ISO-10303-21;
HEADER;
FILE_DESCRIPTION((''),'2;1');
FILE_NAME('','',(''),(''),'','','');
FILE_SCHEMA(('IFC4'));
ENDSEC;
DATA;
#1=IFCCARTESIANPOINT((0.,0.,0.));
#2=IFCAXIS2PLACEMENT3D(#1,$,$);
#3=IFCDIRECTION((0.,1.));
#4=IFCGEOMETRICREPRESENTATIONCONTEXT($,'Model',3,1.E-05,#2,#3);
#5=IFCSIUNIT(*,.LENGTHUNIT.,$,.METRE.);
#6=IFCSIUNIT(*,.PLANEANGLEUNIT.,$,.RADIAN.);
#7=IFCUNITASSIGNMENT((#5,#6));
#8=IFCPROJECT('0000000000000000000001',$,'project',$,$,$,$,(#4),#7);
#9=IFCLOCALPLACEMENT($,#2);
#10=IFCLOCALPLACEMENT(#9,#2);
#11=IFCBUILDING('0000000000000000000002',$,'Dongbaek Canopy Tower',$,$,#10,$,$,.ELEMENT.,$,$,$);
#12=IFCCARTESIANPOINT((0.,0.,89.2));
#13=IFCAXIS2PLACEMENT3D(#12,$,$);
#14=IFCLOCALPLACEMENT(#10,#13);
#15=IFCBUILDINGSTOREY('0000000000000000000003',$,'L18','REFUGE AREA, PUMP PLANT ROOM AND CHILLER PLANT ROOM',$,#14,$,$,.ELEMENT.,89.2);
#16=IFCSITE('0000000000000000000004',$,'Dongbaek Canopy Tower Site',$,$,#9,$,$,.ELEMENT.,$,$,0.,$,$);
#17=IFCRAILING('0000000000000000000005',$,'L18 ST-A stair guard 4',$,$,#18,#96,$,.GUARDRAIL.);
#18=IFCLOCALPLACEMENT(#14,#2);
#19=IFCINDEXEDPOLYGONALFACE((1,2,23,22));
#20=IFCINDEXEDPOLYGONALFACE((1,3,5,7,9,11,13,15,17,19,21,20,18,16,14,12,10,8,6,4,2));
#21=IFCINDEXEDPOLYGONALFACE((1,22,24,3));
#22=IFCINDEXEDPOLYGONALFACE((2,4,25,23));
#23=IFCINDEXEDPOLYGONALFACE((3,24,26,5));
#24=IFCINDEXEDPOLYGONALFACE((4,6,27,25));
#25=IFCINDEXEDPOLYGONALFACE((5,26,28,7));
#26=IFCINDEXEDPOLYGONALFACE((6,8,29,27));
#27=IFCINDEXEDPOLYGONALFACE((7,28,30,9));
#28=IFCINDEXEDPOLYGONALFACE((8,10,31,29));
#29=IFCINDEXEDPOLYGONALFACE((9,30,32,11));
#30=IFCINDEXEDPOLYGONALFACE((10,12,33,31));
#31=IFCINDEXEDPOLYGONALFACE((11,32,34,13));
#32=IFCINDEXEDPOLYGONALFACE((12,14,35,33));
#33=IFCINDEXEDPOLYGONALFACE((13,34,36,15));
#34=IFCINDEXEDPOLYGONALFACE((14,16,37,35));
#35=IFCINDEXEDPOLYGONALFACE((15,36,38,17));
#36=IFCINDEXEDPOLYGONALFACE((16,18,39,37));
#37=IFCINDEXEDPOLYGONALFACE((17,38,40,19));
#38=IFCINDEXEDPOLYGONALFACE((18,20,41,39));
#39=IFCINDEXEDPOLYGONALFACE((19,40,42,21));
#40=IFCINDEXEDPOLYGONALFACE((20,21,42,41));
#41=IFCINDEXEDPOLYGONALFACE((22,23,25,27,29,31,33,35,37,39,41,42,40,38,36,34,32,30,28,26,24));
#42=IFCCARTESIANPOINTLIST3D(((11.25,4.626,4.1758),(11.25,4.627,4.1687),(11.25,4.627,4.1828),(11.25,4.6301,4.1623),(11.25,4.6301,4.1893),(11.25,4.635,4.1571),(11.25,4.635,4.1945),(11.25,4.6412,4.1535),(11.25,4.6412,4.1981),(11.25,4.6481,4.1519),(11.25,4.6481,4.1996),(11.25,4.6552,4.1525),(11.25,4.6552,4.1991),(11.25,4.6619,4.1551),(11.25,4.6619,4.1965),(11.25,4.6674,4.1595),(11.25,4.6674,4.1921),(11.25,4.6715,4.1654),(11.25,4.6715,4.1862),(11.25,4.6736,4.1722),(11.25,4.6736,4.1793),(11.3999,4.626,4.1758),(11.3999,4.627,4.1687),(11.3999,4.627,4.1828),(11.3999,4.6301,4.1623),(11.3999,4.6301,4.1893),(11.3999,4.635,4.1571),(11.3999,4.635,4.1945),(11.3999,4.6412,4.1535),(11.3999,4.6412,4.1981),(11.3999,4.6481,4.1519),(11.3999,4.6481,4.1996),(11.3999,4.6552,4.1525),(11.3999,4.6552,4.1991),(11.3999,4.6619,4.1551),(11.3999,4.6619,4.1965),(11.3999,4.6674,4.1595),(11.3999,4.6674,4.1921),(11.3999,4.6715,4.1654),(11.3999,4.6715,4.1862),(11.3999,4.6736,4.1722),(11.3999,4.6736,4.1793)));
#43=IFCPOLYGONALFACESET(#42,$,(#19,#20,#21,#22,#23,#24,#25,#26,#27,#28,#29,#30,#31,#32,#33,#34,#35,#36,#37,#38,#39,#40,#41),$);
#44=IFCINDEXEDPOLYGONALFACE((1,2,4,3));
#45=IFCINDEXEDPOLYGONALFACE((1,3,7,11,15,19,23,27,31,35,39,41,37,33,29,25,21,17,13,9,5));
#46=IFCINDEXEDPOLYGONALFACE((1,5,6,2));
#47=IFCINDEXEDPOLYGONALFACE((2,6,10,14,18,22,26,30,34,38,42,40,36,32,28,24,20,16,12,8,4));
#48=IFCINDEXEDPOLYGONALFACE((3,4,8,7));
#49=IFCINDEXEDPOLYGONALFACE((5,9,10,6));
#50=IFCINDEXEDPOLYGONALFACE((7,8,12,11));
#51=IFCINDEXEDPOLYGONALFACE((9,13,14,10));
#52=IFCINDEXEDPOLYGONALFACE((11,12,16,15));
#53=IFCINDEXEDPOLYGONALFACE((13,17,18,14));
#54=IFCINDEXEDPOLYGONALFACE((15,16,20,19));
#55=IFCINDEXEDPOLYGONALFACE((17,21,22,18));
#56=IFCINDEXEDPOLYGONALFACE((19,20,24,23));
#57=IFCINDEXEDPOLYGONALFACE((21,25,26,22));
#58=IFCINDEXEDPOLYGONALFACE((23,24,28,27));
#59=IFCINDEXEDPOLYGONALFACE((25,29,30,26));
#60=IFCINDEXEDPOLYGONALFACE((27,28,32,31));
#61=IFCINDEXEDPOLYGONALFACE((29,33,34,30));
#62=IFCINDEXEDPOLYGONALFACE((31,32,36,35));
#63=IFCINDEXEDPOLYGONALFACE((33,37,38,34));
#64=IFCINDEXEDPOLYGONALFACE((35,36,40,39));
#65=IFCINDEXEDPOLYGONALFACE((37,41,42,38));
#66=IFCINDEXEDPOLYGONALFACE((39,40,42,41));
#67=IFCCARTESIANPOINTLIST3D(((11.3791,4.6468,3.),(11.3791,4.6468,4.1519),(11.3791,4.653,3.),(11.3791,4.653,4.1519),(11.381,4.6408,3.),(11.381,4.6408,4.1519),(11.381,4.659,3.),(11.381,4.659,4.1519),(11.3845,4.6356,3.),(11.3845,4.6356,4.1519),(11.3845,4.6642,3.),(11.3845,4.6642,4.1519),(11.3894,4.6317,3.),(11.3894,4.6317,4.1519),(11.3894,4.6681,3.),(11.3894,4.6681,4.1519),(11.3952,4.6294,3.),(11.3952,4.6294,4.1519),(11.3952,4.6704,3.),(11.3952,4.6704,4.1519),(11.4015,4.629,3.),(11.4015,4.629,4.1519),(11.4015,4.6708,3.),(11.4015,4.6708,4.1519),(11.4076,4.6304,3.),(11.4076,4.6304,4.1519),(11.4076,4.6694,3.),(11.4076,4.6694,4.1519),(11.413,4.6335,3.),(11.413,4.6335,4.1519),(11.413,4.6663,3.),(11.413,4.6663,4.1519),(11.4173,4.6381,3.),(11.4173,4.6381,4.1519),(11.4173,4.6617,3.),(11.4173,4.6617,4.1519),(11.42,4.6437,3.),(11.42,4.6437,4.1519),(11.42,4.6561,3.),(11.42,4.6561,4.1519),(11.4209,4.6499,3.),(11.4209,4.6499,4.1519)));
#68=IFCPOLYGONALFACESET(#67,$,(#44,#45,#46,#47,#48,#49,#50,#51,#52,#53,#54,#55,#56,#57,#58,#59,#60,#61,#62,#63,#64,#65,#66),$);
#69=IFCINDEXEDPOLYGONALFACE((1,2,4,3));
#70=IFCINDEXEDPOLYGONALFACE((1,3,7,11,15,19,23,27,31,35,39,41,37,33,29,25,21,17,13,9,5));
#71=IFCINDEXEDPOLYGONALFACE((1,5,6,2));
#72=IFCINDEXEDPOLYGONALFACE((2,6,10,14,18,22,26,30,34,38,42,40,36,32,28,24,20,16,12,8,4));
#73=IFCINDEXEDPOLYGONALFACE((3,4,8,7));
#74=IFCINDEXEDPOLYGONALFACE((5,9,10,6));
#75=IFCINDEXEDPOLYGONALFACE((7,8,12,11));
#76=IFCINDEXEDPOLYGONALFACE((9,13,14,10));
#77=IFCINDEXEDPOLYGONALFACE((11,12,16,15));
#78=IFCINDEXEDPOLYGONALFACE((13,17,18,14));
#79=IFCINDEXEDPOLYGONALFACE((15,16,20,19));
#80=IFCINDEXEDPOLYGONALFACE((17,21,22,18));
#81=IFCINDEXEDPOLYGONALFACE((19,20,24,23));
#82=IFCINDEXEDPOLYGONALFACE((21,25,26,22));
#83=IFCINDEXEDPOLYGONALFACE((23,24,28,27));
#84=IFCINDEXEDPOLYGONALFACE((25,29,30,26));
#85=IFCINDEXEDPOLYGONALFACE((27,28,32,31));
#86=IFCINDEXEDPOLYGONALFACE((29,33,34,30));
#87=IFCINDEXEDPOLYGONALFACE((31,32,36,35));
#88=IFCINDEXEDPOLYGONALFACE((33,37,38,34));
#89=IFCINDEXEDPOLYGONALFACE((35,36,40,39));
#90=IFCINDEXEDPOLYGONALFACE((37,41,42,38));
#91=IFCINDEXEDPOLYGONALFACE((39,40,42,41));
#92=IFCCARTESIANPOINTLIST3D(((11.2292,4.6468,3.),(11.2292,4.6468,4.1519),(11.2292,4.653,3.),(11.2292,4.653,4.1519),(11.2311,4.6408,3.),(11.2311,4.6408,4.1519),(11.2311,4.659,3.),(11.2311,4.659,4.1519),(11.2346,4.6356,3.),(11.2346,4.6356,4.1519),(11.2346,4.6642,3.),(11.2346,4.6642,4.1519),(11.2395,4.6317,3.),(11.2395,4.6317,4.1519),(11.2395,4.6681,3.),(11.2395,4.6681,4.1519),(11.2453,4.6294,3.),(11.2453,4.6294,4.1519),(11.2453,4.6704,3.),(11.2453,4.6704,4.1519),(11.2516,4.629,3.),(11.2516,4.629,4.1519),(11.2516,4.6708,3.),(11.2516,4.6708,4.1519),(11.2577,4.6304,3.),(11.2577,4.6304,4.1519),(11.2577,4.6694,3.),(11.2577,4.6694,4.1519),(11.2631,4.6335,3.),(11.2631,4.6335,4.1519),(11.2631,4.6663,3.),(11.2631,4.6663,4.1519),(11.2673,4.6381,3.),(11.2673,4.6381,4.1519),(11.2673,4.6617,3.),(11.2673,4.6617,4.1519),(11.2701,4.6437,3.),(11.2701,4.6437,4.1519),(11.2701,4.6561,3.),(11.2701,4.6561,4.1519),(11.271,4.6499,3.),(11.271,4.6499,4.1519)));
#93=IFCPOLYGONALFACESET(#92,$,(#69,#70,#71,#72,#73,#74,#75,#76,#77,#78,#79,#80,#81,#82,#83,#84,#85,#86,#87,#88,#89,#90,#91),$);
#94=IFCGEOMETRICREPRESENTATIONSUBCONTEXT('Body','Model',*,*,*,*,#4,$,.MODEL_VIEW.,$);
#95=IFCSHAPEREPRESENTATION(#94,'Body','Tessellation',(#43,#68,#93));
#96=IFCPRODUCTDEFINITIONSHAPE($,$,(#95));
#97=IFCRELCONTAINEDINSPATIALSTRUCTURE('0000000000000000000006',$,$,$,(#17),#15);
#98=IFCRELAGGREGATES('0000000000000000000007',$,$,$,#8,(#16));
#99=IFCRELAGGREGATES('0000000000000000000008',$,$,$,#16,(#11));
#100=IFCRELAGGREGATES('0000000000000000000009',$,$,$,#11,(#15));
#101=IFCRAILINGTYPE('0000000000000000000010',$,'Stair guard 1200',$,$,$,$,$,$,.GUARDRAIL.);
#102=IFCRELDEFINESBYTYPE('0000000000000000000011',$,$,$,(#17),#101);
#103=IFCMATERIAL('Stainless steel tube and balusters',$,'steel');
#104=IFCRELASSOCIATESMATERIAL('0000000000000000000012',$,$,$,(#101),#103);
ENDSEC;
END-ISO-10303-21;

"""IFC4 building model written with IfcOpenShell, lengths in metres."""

from ifc_helpers import new_model, si_unit, direction, frame, origin, origin_2d, place, context, subcontext, project, spatial, circle, extrude, material, type_object, element, save


model = new_model("IFC4")

# Units and contexts
model_context = context("Model", 3, precision=1e-05, world=origin(), true_north=direction((0.0, 1.0)))
body_context = subcontext(model_context, "Body", "Model", "MODEL_VIEW")
ifc_project = project(units=[si_unit("LENGTHUNIT", "METRE"), si_unit("PLANEANGLEUNIT", "RADIAN")], contexts=[model_context])

# Site, building, storey
site_placement = place(None, origin())
site = spatial("IfcSite", under=ifc_project, at=site_placement, Name="Dongbaek Canopy Tower Site", CompositionType="ELEMENT", RefElevation=0.0)
building_placement = place(site_placement, origin())
building = spatial("IfcBuilding", under=site, at=building_placement, Name="Dongbaek Canopy Tower", CompositionType="ELEMENT")
storey_placement = place(building_placement, frame((0.0, 0.0, 89.2)))
storey = spatial("IfcBuildingStorey", under=building, at=storey_placement, Name="L18", Description="REFUGE AREA, PUMP PLANT ROOM AND CHILLER PLANT ROOM", CompositionType="ELEMENT", Elevation=89.2)

# Railing
ifc_material_1 = material(Name="Stainless steel tube and balusters", Category="steel")
railing_type_1 = type_object("IfcRailingType", Name="Stair guard 1200", PredefinedType="GUARDRAIL", material=ifc_material_1)
railing_1_placement = place(storey_placement, frame((11.3999, 4.6499, 3.0)))
element("IfcRailing", 1, at=railing_1_placement, inside=storey, type_object=railing_type_1, Name="L18 ST-A stair guard 4", PredefinedType="GUARDRAIL", context=body_context, shape_type="SweptSolid", body=[
    extrude(circle(Radius=0.0239, at=origin_2d()), frame((0.0, 0.0, 1.1758), z_axis=(-1.0, 0.0, 0.0), x_axis=(0.0, -1.0, 0.0)), (0.0, 0.0, 1.0), 0.1499),
    extrude(circle(Radius=0.021, at=origin_2d()), origin(), (0.0, 0.0, 1.0), 1.1519),
    extrude(circle(Radius=0.021, at=origin_2d()), frame((-0.1499, 0.0, 0.0)), (0.0, 0.0, 1.0), 1.1519),
])

save(model, "model.ifc")
